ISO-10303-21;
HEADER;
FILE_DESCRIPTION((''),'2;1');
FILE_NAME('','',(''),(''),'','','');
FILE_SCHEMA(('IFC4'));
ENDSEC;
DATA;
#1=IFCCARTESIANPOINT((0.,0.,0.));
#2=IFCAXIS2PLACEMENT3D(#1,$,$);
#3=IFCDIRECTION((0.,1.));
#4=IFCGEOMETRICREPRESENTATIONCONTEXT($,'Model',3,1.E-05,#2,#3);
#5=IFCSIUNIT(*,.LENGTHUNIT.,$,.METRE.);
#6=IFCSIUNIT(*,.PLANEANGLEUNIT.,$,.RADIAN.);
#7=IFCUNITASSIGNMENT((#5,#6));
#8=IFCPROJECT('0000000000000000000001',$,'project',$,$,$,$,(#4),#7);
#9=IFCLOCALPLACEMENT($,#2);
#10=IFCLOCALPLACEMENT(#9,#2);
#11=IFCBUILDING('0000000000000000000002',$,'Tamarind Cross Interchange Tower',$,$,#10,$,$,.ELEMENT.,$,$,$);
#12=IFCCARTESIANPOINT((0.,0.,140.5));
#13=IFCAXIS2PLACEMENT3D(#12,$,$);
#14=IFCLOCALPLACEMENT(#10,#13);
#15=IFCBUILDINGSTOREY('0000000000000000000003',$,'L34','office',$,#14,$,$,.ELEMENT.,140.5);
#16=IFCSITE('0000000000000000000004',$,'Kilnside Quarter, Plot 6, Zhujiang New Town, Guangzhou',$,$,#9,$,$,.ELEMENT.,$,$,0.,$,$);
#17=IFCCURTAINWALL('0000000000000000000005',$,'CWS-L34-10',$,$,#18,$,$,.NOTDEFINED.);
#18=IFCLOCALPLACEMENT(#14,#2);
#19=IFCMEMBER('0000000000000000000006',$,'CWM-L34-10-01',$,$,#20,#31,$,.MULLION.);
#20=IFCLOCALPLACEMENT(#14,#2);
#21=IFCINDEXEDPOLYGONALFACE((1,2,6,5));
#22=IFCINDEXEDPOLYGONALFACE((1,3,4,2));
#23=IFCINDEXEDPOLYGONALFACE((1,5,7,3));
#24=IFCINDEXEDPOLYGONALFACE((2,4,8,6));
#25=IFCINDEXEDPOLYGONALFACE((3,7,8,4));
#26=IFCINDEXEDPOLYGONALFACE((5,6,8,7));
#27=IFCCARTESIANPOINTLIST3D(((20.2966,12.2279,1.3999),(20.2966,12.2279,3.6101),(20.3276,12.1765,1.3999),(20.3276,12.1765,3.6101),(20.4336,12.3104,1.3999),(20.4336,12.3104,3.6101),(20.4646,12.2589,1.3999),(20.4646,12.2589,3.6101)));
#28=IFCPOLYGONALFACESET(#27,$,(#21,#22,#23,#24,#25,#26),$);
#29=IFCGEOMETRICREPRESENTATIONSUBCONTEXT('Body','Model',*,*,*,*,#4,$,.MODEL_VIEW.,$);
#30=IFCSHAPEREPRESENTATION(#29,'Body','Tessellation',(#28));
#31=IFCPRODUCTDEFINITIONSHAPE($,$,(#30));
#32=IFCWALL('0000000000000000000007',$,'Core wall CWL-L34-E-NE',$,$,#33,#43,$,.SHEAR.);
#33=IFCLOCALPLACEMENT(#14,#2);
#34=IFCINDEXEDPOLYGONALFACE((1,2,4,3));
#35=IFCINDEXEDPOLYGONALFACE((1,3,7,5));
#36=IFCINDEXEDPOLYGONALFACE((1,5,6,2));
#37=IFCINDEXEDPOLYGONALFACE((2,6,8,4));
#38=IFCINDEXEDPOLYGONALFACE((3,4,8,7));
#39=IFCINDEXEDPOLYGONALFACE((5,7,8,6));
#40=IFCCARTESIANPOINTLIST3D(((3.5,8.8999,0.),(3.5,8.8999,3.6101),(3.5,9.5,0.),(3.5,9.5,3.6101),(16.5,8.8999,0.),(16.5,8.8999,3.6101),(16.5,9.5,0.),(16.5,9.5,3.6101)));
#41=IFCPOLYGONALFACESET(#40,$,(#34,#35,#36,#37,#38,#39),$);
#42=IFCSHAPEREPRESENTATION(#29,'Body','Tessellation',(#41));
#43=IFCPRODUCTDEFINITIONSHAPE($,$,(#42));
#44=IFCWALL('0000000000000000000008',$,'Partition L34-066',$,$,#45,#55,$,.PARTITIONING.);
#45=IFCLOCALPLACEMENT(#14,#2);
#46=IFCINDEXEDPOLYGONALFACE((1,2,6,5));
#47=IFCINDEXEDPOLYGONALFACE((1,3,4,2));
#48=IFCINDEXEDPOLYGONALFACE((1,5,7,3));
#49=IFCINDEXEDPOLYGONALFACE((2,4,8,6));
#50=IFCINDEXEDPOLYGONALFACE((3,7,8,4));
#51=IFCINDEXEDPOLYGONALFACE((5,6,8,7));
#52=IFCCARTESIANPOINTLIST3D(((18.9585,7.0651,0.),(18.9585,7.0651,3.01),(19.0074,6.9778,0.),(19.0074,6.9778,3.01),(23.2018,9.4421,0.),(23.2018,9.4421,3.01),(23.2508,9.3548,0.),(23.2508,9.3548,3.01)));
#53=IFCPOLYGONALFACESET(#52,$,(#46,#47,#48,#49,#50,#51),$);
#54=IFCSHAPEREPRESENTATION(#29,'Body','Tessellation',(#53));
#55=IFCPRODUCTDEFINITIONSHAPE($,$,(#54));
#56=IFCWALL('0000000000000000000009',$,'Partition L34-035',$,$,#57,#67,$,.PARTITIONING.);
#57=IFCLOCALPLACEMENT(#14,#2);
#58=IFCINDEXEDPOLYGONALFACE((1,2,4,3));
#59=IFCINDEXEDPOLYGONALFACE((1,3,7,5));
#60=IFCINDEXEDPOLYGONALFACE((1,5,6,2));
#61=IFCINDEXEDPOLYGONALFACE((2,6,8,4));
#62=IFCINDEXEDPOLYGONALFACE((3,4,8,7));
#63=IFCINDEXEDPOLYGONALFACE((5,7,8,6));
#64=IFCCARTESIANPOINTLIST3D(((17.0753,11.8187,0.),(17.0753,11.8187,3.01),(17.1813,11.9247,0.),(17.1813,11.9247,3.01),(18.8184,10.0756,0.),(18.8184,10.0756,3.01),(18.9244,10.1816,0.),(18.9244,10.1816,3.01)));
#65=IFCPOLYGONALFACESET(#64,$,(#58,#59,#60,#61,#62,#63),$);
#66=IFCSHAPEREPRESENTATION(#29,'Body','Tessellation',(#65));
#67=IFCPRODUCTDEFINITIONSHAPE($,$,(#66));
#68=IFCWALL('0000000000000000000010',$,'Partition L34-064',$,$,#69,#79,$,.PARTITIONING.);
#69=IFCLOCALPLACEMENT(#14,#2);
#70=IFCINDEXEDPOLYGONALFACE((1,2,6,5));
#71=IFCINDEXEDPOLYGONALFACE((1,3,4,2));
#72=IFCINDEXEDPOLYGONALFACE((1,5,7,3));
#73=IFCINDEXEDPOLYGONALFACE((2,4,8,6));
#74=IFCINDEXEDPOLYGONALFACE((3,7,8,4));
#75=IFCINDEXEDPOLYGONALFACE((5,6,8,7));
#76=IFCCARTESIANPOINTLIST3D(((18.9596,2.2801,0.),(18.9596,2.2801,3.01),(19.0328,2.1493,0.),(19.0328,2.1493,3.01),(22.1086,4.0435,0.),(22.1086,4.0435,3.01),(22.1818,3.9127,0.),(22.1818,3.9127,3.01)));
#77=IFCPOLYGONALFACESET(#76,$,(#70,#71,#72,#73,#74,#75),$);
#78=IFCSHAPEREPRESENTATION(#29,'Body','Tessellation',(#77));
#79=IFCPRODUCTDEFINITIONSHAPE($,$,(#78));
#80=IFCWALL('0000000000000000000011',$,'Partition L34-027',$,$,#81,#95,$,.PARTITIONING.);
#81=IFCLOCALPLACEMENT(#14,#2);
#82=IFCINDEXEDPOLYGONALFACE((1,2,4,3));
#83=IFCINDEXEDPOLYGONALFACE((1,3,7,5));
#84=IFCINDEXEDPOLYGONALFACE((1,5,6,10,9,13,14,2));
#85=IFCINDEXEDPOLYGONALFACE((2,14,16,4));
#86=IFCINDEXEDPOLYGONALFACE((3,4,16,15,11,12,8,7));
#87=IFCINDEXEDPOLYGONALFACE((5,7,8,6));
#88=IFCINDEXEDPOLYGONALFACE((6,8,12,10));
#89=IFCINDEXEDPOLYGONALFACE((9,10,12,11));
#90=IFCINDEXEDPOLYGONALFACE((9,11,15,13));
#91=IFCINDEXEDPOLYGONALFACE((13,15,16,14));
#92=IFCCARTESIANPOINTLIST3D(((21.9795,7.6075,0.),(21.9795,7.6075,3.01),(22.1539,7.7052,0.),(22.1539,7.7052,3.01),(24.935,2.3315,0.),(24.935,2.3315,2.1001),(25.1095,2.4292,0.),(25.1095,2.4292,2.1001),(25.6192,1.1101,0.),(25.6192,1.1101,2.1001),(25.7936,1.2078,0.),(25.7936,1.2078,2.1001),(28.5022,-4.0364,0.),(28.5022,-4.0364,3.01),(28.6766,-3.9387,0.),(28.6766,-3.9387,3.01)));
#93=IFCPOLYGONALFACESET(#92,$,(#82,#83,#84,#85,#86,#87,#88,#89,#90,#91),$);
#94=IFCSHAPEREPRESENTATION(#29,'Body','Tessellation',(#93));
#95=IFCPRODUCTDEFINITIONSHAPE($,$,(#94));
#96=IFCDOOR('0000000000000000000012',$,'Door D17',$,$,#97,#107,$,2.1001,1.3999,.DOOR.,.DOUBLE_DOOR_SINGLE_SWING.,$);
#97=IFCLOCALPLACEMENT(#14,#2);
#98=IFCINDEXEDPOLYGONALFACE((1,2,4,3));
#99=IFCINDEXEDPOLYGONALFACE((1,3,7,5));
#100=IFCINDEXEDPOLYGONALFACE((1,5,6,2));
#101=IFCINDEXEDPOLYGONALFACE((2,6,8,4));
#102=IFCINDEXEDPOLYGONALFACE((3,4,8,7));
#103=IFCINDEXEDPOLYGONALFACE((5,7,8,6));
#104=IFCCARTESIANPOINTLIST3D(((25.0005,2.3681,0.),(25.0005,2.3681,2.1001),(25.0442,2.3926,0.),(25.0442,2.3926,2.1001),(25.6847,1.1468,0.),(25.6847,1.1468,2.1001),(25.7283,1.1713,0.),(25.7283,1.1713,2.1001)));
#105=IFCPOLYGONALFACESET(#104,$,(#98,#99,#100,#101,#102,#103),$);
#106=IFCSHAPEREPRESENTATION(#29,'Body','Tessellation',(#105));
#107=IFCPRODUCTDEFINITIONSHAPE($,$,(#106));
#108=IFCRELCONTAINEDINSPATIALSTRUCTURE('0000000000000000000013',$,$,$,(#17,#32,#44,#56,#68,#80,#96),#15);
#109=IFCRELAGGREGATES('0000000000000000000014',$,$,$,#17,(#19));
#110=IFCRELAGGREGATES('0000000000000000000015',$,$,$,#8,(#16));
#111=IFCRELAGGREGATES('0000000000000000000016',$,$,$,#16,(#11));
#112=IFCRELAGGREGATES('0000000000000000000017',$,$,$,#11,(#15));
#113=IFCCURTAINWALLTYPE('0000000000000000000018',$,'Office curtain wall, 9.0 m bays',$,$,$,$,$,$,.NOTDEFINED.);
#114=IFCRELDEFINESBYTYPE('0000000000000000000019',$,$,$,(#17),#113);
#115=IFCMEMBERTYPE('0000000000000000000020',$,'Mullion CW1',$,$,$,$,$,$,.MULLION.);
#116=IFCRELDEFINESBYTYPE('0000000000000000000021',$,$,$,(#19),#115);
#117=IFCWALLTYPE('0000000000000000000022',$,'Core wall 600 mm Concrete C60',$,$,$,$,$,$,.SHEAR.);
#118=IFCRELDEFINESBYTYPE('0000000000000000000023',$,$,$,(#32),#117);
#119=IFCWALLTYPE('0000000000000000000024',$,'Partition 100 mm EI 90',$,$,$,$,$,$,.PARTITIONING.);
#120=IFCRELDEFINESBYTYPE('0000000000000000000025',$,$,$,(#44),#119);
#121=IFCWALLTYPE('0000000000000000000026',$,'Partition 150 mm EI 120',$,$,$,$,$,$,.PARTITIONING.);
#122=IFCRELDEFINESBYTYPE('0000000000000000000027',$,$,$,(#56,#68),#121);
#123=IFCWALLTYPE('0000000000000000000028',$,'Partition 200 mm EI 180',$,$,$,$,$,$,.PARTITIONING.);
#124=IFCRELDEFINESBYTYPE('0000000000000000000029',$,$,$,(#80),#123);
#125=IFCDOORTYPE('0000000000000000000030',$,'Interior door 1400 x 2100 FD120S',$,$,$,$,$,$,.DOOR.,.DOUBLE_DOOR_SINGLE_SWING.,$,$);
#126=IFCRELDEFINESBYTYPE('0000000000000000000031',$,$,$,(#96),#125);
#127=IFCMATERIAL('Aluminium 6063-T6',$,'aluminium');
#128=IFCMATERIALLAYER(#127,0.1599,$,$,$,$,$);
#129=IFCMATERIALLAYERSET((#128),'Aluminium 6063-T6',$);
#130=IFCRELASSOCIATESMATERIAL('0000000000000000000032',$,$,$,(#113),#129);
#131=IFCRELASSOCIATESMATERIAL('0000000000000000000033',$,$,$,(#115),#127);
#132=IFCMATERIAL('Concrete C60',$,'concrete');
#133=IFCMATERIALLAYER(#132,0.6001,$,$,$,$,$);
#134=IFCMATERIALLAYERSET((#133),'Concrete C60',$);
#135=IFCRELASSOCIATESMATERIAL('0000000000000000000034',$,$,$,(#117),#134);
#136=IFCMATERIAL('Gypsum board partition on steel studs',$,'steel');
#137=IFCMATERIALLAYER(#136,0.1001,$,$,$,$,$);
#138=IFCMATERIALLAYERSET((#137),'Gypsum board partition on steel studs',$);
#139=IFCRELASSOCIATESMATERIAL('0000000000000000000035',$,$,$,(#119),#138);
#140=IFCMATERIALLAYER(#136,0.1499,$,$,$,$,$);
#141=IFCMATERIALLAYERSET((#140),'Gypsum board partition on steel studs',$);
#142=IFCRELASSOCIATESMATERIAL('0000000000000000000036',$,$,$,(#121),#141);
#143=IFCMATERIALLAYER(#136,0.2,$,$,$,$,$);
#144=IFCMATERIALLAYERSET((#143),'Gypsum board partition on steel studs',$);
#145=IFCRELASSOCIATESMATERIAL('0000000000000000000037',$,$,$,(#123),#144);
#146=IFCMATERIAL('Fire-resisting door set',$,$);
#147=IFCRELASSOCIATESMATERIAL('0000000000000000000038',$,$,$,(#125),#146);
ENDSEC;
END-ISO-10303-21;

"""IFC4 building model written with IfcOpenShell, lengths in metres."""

from ifc_helpers import new_model, si_unit, direction, frame, frame_2d, origin, origin_2d, place, context, subcontext, project, spatial, rectangle, extrude, material, layer, layer_set, material_profile, profile_set, type_object, element, fill, aggregate, save


model = new_model("IFC4")

# Units and contexts
model_context = context("Model", 3, precision=1e-05, world=origin(), true_north=direction((0.0, 1.0)))
body_context = subcontext(model_context, "Body", "Model", "MODEL_VIEW")
ifc_project = project(units=[si_unit("LENGTHUNIT", "METRE"), si_unit("PLANEANGLEUNIT", "RADIAN")], contexts=[model_context])

# Site, building, storey
site_placement = place(None, origin())
site = spatial("IfcSite", under=ifc_project, at=site_placement, Name="Kilnside Quarter, Plot 6, Zhujiang New Town, Guangzhou", CompositionType="ELEMENT", RefElevation=0.0)
building_placement = place(site_placement, origin())
building = spatial("IfcBuilding", under=site, at=building_placement, Name="Tamarind Cross Interchange Tower", CompositionType="ELEMENT")
storey_placement = place(building_placement, frame((0.0, 0.0, 140.5)))
storey = spatial("IfcBuildingStorey", under=building, at=storey_placement, Name="L34", Description="office", CompositionType="ELEMENT", Elevation=140.5)

# Shared definitions
ifc_material_1 = material(Name="Concrete C60", Category="concrete")

# Curtain wall, member
ifc_material_2 = material(Name="Aluminium 6063-T6", Category="aluminium")
ifc_layer_1 = layer(ifc_material_2, 0.1599)
ifc_layer_set_1 = layer_set([ifc_layer_1], Name="Aluminium 6063-T6")
curtain_wall_type = type_object("IfcCurtainWallType", Name="Office curtain wall, 9.0 m bays", PredefinedType="NOTDEFINED", material=ifc_layer_set_1)
curtain_wall_placement = place(storey_placement, origin())
curtain_wall = element("IfcCurtainWall", 1, at=curtain_wall_placement, inside=storey, type_object=curtain_wall_type, Name="CWS-L34-10", PredefinedType="NOTDEFINED")
ifc_material_profile_1 = material_profile(ifc_material_2, rectangle(XDim=0.0601, YDim=0.1599, at=origin_2d()), Name="Mullion CW1")
ifc_profile_set_1 = profile_set([ifc_material_profile_1], Name="Aluminium 6063-T6")
member_type = type_object("IfcMemberType", Name="Mullion CW1", PredefinedType="MULLION", material=ifc_profile_set_1)
member_placement = place(storey_placement, frame((20.3806, 12.2434, 1.3999), z_axis=(0.0, 0.0, 1.0), x_axis=(-0.515577, 0.856843, 0.0)))
member = element("IfcMember", 2, at=member_placement, type_object=member_type, Name="CWM-L34-10-01", PredefinedType="MULLION", context=body_context, shape_type="SweptSolid", body=[
    extrude(rectangle(XDim=0.0601, YDim=0.1599, at=origin_2d()), origin(), (0.0, 0.0, 1.0), 2.2102),
])
aggregate(curtain_wall, [member])

# Walls
ifc_layer_2 = layer(ifc_material_1, 0.6001)
ifc_layer_set_2 = layer_set([ifc_layer_2], Name="Concrete C60")
wall_type_1 = type_object("IfcWallType", Name="Core wall 600 mm Concrete C60", PredefinedType="SHEAR", material=ifc_layer_set_2)
wall_1_placement = place(storey_placement, frame((16.5, 9.2, 0.0), z_axis=(0.0, 0.0, 1.0), x_axis=(-1.0, 0.0, 0.0)))
element("IfcWall", 3, at=wall_1_placement, inside=storey, type_object=wall_type_1, Name="Core wall CWL-L34-E-NE", PredefinedType="SHEAR", context=body_context, shape_type="SweptSolid", body=[
    extrude(rectangle(XDim=13.0, YDim=0.6001, at=frame_2d((6.5, 0.0))), origin(), (0.0, 0.0, 1.0), 3.6101),
])
ifc_material_3 = material(Name="Gypsum board partition on steel studs", Category="steel")
ifc_layer_3 = layer(ifc_material_3, 0.1001)
ifc_layer_set_3 = layer_set([ifc_layer_3], Name="Gypsum board partition on steel studs")
wall_type_2 = type_object("IfcWallType", Name="Partition 100 mm EI 90", PredefinedType="PARTITIONING", material=ifc_layer_set_3)
wall_2_placement = place(storey_placement, frame((18.9829, 7.0215, 0.0), z_axis=(0.0, 0.0, 1.0), x_axis=(0.87245, 0.488704, 0.0)))
element("IfcWall", 4, at=wall_2_placement, inside=storey, type_object=wall_type_2, Name="Partition L34-066", PredefinedType="PARTITIONING", context=body_context, shape_type="SweptSolid", body=[
    extrude(rectangle(XDim=4.8638, YDim=0.1001, at=frame_2d((2.4319, 0.0))), origin(), (0.0, 0.0, 1.0), 3.01),
])
ifc_layer_4 = layer(ifc_material_3, 0.1499)
ifc_layer_set_4 = layer_set([ifc_layer_4], Name="Gypsum board partition on steel studs")
wall_type_3 = type_object("IfcWallType", Name="Partition 150 mm EI 120", PredefinedType="PARTITIONING", material=ifc_layer_set_4)
wall_3_placement = place(storey_placement, frame((17.1284, 11.8716, 0.0), z_axis=(0.0, 0.0, 1.0), x_axis=(0.707107, -0.707107, 0.0)))
element("IfcWall", 5, at=wall_3_placement, inside=storey, type_object=wall_type_3, Name="Partition L34-035", PredefinedType="PARTITIONING", context=body_context, shape_type="SweptSolid", body=[
    extrude(rectangle(XDim=2.4651, YDim=0.1499, at=frame_2d((1.2324, 0.0))), origin(), (0.0, 0.0, 1.0), 3.01),
])
wall_4_placement = place(storey_placement, frame((18.9961, 2.2146, 0.0), z_axis=(0.0, 0.0, 1.0), x_axis=(0.872503, 0.48861, 0.0)))
element("IfcWall", 6, at=wall_4_placement, inside=storey, type_object=wall_type_3, Name="Partition L34-064", PredefinedType="PARTITIONING", context=body_context, shape_type="SweptSolid", body=[
    extrude(rectangle(XDim=3.6091, YDim=0.1499, at=frame_2d((1.8047, 0.0))), origin(), (0.0, 0.0, 1.0), 3.01),
])

# Wall, opening, door
ifc_layer_5 = layer(ifc_material_3, 0.2)
ifc_layer_set_5 = layer_set([ifc_layer_5], Name="Gypsum board partition on steel studs")
wall_type_4 = type_object("IfcWallType", Name="Partition 200 mm EI 180", PredefinedType="PARTITIONING", material=ifc_layer_set_5)
wall_5_placement = place(storey_placement, frame((22.0667, 7.6565, 0.0), z_axis=(0.0, 0.0, 1.0), x_axis=(0.48872, -0.872441, 0.0)))
wall_5 = element("IfcWall", 7, at=wall_5_placement, inside=storey, type_object=wall_type_4, Name="Partition L34-027", PredefinedType="PARTITIONING", context=body_context, shape_type="SweptSolid", body=[
    extrude(rectangle(XDim=13.3464, YDim=0.2, at=frame_2d((6.6733, 0.0))), origin(), (0.0, 0.0, 1.0), 3.01),
])
opening_placement = place(wall_5_placement, frame((6.0476, 0.0, 0.0)))
opening = element("IfcOpeningElement", 8, at=opening_placement, cuts=wall_5, PredefinedType="OPENING", context=body_context, shape_type="SweptSolid", body=[
    extrude(rectangle(XDim=1.3999, YDim=2.1001, at=frame_2d((0.7, 1.05))), frame((0.0, 0.1099, 0.0), z_axis=(0.0, -1.0, 0.0), x_axis=(1.0, 0.0, 0.0)), (0.0, 0.0, 1.0), 0.22),
])
ifc_material_4 = material(Name="Fire-resisting door set")
door_type = type_object("IfcDoorType", Name="Interior door 1400 x 2100 FD120S", OperationType="DOUBLE_DOOR_SINGLE_SWING", PredefinedType="DOOR", material=ifc_material_4)
door_placement = place(opening_placement, frame((1.3999, 0.0, 0.0), z_axis=(0.0, 0.0, 1.0), x_axis=(-1.0, 0.0, 0.0)))
door = element("IfcDoor", 9, at=door_placement, inside=storey, type_object=door_type, Name="Door D17", OperationType="DOUBLE_DOOR_SINGLE_SWING", OverallHeight=2.1001, OverallWidth=1.3999, PredefinedType="DOOR", context=body_context, shape_type="SweptSolid", body=[
    extrude(rectangle(XDim=1.3999, YDim=2.1001, at=frame_2d((0.7, 1.05))), frame((0.0, 0.0249, 0.0), z_axis=(0.0, -1.0, 0.0), x_axis=(1.0, 0.0, 0.0)), (0.0, 0.0, 1.0), 0.05),
])
fill(opening, door)

save(model, "model.ifc")
